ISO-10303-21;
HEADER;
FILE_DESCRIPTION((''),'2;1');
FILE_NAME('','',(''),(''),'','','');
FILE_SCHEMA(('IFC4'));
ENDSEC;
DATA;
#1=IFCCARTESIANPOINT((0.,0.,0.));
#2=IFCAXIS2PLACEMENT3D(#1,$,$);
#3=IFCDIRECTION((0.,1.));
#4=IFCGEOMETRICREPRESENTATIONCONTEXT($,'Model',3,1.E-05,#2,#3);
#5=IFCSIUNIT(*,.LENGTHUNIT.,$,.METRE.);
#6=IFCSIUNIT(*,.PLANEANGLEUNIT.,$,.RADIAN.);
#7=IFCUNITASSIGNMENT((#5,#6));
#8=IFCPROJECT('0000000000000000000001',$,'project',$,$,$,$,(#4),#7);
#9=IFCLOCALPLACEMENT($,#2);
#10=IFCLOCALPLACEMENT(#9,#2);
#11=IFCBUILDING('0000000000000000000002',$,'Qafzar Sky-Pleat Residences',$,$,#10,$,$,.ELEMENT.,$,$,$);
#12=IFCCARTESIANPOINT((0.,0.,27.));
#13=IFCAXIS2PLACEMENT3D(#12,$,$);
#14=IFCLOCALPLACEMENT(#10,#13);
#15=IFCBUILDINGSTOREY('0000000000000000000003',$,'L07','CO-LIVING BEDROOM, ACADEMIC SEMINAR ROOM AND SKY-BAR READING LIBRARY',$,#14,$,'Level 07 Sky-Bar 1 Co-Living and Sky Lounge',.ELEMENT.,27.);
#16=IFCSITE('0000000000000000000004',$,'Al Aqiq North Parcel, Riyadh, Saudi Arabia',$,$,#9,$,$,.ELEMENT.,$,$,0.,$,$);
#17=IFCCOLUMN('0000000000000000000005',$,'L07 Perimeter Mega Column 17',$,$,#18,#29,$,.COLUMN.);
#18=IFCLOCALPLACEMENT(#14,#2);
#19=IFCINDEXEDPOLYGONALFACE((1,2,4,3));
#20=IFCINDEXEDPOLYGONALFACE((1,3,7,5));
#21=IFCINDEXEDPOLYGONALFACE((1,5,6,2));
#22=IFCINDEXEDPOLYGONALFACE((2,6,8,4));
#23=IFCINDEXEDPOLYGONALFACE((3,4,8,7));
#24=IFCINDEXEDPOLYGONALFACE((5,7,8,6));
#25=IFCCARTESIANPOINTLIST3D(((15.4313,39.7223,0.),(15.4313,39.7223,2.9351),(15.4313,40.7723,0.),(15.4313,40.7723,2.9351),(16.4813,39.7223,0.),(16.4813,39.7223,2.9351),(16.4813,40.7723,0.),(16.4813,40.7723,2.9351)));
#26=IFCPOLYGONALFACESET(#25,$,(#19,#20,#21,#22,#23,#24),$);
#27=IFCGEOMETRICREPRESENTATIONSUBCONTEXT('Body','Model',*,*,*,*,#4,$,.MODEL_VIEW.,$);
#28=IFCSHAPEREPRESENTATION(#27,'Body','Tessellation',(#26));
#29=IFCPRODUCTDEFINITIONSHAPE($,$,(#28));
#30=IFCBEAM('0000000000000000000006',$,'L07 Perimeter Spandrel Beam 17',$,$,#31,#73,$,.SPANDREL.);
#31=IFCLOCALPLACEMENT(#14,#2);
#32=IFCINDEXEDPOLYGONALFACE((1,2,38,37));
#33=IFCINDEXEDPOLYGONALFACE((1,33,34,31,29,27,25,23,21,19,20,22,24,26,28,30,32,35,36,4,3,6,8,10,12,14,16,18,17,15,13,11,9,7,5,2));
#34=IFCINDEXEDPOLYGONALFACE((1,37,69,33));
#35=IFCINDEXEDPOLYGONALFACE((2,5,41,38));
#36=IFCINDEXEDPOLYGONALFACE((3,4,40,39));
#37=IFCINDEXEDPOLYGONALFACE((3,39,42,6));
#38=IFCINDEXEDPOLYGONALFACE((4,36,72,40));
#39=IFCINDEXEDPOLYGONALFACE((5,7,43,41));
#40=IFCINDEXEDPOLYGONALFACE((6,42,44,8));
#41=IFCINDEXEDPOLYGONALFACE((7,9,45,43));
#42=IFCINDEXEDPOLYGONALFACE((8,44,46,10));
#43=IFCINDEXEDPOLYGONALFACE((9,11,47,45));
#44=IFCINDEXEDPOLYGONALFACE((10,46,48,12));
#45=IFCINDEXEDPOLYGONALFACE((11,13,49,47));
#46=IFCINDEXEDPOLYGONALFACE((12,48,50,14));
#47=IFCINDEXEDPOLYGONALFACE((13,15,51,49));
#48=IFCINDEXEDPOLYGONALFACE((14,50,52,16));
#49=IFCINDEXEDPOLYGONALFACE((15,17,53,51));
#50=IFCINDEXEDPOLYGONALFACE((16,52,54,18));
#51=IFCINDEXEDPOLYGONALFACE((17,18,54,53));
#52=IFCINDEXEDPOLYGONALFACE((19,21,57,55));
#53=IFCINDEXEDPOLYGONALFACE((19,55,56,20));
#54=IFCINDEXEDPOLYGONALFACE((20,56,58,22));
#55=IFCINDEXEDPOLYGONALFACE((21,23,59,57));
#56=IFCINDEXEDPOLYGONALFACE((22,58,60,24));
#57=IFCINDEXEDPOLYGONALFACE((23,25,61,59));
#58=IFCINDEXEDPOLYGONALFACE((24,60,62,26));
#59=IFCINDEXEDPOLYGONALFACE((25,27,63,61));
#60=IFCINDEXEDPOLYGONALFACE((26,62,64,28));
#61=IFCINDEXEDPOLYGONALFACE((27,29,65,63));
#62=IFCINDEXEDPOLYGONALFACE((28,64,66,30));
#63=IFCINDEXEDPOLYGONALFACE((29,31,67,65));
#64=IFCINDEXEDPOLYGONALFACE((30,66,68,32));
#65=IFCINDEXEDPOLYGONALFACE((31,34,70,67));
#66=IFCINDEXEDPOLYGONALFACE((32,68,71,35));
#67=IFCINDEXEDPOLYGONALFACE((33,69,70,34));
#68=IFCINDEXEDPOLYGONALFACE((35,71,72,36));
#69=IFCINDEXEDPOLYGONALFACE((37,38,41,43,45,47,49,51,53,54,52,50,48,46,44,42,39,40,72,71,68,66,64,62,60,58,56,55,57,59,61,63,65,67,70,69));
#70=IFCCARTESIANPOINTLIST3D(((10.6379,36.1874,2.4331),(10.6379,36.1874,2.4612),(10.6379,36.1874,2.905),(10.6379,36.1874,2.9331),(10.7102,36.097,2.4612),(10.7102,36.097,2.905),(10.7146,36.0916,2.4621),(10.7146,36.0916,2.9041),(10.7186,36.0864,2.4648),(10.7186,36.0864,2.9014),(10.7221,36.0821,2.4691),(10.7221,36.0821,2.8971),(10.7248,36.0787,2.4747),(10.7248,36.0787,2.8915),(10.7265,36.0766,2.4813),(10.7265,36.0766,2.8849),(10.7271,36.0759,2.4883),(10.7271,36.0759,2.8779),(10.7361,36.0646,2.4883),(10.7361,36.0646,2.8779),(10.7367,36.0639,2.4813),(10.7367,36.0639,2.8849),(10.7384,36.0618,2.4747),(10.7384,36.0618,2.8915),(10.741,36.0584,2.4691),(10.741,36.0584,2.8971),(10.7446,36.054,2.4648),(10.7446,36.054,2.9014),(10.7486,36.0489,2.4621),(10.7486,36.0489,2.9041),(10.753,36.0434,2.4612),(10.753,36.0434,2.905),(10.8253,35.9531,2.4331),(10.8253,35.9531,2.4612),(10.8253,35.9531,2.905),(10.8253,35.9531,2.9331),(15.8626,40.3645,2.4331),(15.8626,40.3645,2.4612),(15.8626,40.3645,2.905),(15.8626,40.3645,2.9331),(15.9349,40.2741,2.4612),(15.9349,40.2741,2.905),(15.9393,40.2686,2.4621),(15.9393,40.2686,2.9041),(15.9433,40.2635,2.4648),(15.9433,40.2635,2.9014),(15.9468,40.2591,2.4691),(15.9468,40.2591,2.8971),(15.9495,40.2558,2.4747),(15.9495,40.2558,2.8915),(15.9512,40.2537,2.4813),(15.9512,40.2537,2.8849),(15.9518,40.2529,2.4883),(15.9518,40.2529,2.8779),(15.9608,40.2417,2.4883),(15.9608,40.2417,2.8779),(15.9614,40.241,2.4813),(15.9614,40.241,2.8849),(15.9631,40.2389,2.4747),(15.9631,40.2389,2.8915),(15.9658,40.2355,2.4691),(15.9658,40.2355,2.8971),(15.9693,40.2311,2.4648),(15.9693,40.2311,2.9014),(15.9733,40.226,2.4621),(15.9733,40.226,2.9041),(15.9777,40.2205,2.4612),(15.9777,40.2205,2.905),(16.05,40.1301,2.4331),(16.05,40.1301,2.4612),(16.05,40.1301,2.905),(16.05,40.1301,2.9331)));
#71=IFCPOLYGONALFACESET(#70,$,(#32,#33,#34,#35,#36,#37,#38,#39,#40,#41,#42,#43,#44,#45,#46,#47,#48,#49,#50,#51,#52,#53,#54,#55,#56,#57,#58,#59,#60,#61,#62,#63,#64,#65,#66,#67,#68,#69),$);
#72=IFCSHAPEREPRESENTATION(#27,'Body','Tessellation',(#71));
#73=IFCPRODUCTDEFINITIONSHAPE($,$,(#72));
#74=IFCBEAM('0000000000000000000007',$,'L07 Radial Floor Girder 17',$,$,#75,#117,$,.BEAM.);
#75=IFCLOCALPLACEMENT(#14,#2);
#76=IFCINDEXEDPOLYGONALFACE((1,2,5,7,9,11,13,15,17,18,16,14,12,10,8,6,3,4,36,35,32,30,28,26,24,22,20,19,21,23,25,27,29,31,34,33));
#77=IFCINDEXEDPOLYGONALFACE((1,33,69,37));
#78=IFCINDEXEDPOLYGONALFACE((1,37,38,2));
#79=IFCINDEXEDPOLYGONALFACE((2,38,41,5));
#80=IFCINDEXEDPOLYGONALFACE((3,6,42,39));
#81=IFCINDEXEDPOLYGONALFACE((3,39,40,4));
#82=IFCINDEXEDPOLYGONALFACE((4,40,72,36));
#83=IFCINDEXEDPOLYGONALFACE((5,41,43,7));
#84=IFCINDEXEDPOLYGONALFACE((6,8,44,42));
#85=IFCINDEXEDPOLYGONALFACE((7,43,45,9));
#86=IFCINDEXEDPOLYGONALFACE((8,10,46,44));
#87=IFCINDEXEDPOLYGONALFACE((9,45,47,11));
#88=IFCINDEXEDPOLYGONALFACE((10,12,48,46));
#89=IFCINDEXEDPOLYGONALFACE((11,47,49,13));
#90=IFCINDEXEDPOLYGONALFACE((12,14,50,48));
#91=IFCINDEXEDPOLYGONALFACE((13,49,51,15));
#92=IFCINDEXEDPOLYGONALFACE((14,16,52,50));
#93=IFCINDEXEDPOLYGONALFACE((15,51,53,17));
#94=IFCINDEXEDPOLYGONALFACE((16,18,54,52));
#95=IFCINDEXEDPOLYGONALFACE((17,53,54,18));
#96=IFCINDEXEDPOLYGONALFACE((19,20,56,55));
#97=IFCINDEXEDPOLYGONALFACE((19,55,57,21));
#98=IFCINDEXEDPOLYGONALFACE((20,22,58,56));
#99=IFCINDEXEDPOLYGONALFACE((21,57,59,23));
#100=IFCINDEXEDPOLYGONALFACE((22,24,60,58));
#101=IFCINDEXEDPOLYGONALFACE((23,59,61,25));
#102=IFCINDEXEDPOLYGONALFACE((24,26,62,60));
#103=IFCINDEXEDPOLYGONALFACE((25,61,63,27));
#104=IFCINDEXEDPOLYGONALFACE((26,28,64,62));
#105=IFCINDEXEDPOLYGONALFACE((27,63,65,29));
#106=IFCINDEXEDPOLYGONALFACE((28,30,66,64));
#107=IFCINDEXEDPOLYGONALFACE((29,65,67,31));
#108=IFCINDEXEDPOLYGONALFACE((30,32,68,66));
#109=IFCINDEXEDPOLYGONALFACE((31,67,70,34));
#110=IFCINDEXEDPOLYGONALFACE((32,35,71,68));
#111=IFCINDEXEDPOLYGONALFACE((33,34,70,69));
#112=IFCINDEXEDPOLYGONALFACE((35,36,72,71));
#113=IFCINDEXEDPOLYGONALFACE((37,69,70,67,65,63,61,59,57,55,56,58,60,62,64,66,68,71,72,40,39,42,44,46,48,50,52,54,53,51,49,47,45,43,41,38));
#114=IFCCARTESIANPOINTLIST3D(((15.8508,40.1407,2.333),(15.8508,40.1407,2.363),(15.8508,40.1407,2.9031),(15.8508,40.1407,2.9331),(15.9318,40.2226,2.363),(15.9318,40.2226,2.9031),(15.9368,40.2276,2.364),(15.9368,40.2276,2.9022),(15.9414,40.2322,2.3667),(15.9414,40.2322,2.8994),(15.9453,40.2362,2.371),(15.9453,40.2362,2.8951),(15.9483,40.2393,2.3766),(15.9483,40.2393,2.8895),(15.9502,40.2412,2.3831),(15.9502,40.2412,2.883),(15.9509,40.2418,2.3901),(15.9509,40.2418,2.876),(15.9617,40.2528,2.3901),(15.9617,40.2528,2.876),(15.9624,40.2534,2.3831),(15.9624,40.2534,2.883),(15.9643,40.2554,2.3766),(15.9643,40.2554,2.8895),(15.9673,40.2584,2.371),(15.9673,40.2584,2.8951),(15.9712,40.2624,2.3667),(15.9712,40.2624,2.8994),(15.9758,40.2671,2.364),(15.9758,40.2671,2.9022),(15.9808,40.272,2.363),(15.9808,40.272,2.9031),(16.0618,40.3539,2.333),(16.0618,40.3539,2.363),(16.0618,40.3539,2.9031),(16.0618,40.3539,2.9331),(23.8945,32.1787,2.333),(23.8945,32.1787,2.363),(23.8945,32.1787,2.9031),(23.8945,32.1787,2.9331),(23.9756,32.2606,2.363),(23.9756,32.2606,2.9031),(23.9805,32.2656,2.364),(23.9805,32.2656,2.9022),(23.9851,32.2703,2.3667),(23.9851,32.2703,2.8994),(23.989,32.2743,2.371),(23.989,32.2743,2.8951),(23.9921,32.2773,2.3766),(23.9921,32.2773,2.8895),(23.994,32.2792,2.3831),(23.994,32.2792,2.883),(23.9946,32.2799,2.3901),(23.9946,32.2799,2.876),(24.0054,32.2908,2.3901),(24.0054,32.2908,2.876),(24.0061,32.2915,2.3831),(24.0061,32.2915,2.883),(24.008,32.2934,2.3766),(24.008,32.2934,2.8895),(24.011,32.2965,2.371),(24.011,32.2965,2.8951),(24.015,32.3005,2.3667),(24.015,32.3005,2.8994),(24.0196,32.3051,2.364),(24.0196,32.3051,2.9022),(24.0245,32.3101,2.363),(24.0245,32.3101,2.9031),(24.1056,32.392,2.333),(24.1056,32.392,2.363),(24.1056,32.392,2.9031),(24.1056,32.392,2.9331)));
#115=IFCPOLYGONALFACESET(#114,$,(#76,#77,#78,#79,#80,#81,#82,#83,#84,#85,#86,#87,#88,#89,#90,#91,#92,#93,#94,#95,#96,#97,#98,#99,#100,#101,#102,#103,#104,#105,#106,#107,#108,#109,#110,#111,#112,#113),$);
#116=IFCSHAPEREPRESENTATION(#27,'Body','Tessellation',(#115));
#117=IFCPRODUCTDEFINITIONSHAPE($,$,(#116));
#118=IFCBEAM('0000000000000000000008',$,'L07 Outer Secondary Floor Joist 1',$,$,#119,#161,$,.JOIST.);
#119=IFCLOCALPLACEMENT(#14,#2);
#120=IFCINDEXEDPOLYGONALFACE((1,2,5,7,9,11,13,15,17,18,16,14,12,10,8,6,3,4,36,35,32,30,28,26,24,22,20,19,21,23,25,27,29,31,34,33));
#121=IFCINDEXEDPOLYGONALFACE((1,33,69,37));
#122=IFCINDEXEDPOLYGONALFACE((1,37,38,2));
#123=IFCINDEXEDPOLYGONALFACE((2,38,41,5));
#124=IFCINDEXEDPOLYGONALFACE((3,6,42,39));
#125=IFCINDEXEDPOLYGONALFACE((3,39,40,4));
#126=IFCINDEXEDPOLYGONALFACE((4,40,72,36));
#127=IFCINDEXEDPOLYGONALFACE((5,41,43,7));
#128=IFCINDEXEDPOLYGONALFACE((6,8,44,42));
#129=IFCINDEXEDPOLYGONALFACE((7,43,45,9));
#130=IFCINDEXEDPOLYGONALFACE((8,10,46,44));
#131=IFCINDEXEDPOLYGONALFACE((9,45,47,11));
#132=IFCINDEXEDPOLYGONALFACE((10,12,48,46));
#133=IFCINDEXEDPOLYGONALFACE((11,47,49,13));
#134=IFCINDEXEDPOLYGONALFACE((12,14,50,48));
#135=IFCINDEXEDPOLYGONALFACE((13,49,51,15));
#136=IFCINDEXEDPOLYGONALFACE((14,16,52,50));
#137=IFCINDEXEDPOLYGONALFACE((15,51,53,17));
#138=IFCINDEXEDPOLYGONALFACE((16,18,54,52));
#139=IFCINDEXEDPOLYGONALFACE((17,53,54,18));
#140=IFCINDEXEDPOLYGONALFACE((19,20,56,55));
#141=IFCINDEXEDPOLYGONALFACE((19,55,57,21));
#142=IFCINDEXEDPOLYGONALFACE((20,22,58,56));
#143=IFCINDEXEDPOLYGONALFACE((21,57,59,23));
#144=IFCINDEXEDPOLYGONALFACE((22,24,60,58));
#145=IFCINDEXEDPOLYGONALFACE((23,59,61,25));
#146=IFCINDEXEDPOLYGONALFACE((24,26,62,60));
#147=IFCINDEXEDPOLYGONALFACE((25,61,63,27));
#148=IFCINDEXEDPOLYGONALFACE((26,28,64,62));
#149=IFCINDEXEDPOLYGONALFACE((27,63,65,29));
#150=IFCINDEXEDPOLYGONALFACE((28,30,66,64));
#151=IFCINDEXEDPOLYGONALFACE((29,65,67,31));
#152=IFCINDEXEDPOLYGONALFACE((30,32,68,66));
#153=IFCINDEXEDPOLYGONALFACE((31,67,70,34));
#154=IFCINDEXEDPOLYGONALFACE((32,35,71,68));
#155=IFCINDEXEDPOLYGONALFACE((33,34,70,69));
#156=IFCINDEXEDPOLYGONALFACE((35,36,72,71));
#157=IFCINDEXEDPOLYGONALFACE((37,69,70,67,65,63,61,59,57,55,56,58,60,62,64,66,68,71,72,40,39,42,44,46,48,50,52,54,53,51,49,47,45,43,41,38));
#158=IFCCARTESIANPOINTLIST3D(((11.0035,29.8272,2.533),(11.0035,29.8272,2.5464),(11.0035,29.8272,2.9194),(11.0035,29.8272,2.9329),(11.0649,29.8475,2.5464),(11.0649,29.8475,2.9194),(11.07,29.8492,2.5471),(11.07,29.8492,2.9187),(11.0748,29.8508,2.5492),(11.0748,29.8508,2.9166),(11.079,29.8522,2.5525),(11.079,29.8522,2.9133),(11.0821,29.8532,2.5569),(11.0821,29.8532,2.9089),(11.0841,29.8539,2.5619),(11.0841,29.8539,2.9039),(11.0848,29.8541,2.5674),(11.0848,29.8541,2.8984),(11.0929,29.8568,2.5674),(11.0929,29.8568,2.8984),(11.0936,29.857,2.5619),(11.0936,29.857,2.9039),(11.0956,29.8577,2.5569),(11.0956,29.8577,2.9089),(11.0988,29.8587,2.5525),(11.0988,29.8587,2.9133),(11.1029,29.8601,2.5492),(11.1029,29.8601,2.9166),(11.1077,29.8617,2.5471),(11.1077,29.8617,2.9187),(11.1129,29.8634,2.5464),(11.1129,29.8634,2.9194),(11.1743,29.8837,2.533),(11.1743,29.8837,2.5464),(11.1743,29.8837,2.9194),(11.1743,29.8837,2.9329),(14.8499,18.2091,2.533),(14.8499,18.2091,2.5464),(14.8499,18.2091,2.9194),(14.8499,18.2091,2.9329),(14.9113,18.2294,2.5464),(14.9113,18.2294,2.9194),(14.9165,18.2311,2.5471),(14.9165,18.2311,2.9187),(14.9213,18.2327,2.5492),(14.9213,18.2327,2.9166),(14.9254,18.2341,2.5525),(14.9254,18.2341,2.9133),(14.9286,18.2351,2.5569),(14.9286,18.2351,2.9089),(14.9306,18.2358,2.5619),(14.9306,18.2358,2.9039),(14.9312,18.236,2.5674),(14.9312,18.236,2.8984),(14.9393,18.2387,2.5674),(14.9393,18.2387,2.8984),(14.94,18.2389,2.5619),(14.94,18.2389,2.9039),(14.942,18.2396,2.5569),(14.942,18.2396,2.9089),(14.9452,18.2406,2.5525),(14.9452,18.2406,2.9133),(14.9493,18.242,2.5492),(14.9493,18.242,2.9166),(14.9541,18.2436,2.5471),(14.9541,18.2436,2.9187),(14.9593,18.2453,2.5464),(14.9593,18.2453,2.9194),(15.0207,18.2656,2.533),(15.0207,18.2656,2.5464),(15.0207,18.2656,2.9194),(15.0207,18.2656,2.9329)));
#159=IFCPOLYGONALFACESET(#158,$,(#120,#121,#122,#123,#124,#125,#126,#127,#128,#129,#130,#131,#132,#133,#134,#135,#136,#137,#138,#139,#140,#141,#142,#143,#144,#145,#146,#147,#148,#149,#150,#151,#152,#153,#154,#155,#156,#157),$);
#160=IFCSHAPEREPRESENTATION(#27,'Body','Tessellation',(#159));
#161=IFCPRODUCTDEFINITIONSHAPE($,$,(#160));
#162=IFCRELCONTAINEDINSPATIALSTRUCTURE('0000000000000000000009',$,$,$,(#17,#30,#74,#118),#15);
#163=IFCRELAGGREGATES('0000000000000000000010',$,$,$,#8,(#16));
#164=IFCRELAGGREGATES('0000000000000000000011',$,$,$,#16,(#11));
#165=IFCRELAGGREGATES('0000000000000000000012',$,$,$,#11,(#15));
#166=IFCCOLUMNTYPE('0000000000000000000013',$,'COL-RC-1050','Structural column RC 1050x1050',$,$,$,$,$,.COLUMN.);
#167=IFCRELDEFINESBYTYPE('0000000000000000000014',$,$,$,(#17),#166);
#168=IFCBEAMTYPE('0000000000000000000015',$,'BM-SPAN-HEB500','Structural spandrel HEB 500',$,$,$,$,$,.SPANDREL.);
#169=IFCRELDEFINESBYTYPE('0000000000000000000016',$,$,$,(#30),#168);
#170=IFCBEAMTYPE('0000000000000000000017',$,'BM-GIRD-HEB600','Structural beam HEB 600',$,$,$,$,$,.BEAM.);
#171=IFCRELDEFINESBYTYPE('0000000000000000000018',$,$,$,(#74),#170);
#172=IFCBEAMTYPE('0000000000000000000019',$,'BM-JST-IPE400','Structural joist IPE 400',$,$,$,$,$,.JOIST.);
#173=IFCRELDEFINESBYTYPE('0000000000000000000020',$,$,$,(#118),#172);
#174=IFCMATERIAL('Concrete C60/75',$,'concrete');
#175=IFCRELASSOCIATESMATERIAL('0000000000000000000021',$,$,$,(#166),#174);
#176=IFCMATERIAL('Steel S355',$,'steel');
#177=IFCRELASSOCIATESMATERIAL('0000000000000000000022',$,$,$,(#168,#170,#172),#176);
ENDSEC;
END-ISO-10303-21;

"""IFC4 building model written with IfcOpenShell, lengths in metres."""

from ifc_helpers import new_model, si_unit, direction, frame, origin, origin_2d, place, context, subcontext, project, spatial, rectangle, i_section, extrude, source, transform, mapped, material, material_profile, profile_set, type_object, element, save


model = new_model("IFC4")

# Units and contexts
model_context = context("Model", 3, precision=1e-05, world=origin(), true_north=direction((0.0, 1.0)))
body_context = subcontext(model_context, "Body", "Model", "MODEL_VIEW")
ifc_project = project(units=[si_unit("LENGTHUNIT", "METRE"), si_unit("PLANEANGLEUNIT", "RADIAN")], contexts=[model_context])

# Site, building, storey
site_placement = place(None, origin())
site = spatial("IfcSite", under=ifc_project, at=site_placement, Name="Al Aqiq North Parcel, Riyadh, Saudi Arabia", CompositionType="ELEMENT", RefElevation=0.0)
building_placement = place(site_placement, origin())
building = spatial("IfcBuilding", under=site, at=building_placement, Name="Qafzar Sky-Pleat Residences", CompositionType="ELEMENT")
storey_placement = place(building_placement, frame((0.0, 0.0, 27.0)))
storey = spatial("IfcBuildingStorey", under=building, at=storey_placement, Name="L07", Description="CO-LIVING BEDROOM, ACADEMIC SEMINAR ROOM AND SKY-BAR READING LIBRARY", LongName="Level 07 Sky-Bar 1 Co-Living and Sky Lounge", CompositionType="ELEMENT", Elevation=27.0)

# Column
ifc_material_1 = material(Name="Concrete C60/75", Category="concrete")
ifc_material_profile_1 = material_profile(ifc_material_1, rectangle(XDim=1.05, YDim=1.05, at=origin_2d()), Name="RC 1050x1050")
ifc_profile_set_1 = profile_set([ifc_material_profile_1], Name="Concrete C60/75")
column_type = type_object("IfcColumnType", Name="COL-RC-1050", Description="Structural column RC 1050x1050", PredefinedType="COLUMN", material=ifc_profile_set_1)
shared_shape_1 = source(origin(), body_context, "Body", "SweptSolid", [
    extrude(rectangle(XDim=1.05, YDim=1.05, at=origin_2d()), origin(), (0.0, 0.0, 1.0), 2.9351),
])
column_placement = place(storey_placement, frame((15.9563, 40.2473, 0.0), z_axis=(0.0, 0.0, 1.0), x_axis=(1.0, 0.0, 0.0)))
element("IfcColumn", 1, at=column_placement, inside=storey, type_object=column_type, Name="L07 Perimeter Mega Column 17", PredefinedType="COLUMN", context=body_context, shape_type="MappedRepresentation", body=[
    mapped(shared_shape_1, transform((0.0, 0.0, 0.0), x_axis=(1.0, 0.0, 0.0), y_axis=(0.0, 1.0, 0.0), z_axis=(0.0, 0.0, 1.0), scale=1.0)),
])

# Beams
ifc_material_2 = material(Name="Steel S355", Category="steel")
ifc_material_profile_2 = material_profile(ifc_material_2, i_section(OverallWidth=0.3, OverallDepth=0.5, WebThickness=0.0144, FlangeThickness=0.0281, FilletRadius=0.0271, at=origin_2d()), Name="HEB 500")
ifc_profile_set_2 = profile_set([ifc_material_profile_2], Name="Steel S355")
beam_type_1 = type_object("IfcBeamType", Name="BM-SPAN-HEB500", Description="Structural spandrel HEB 500", PredefinedType="SPANDREL", material=ifc_profile_set_2)
shared_shape_2 = source(origin(), body_context, "Body", "SweptSolid", [
    extrude(i_section(OverallWidth=0.3, OverallDepth=0.5, WebThickness=0.0144, FlangeThickness=0.0281, FilletRadius=0.0271, at=origin_2d()), origin(), (0.0, 0.0, 1.0), 6.6892),
])
beam_1_placement = place(storey_placement, frame((15.9563, 40.2473, 2.6831), z_axis=(-0.781065, -0.62445, 0.0), x_axis=(0.62445, -0.781065, 0.0)))
element("IfcBeam", 2, at=beam_1_placement, inside=storey, type_object=beam_type_1, Name="L07 Perimeter Spandrel Beam 17", PredefinedType="SPANDREL", context=body_context, shape_type="MappedRepresentation", body=[
    mapped(shared_shape_2, transform((0.0, 0.0, 0.0), x_axis=(1.0, 0.0, 0.0), y_axis=(0.0, 1.0, 0.0), z_axis=(0.0, 0.0, 1.0), scale=1.0)),
])
ifc_material_profile_3 = material_profile(ifc_material_2, i_section(OverallWidth=0.3, OverallDepth=0.6001, WebThickness=0.0154, FlangeThickness=0.03, FilletRadius=0.0271, at=origin_2d()), Name="HEB 600")
ifc_profile_set_3 = profile_set([ifc_material_profile_3], Name="Steel S355")
beam_type_2 = type_object("IfcBeamType", Name="BM-GIRD-HEB600", Description="Structural beam HEB 600", PredefinedType="BEAM", material=ifc_profile_set_3)
shared_shape_3 = source(origin(), body_context, "Body", "SweptSolid", [
    extrude(i_section(OverallWidth=0.3, OverallDepth=0.6001, WebThickness=0.0154, FlangeThickness=0.03, FilletRadius=0.0271, at=origin_2d()), origin(), (0.0, 0.0, 1.0), 11.3179),
])
beam_2_placement = place(storey_placement, frame((15.9563, 40.2473, 2.6331), z_axis=(0.710711, -0.703484, 0.0), x_axis=(0.703484, 0.710711, 0.0)))
element("IfcBeam", 3, at=beam_2_placement, inside=storey, type_object=beam_type_2, Name="L07 Radial Floor Girder 17", PredefinedType="BEAM", context=body_context, shape_type="MappedRepresentation", body=[
    mapped(shared_shape_3, transform((0.0, 0.0, 0.0), x_axis=(1.0, 0.0, 0.0), y_axis=(0.0, 1.0, 0.0), z_axis=(0.0, 0.0, 1.0), scale=1.0)),
])
ifc_material_profile_4 = material_profile(ifc_material_2, i_section(OverallWidth=0.1799, OverallDepth=0.3999, WebThickness=0.0085, FlangeThickness=0.0134, FilletRadius=0.021, at=origin_2d()), Name="IPE 400")
ifc_profile_set_4 = profile_set([ifc_material_profile_4], Name="Steel S355")
beam_type_3 = type_object("IfcBeamType", Name="BM-JST-IPE400", Description="Structural joist IPE 400", PredefinedType="JOIST", material=ifc_profile_set_4)
shared_shape_4 = source(origin(), body_context, "Body", "SweptSolid", [
    extrude(i_section(OverallWidth=0.1799, OverallDepth=0.3999, WebThickness=0.0085, FlangeThickness=0.0134, FilletRadius=0.021, at=origin_2d()), origin(), (0.0, 0.0, 1.0), 12.2383),
])
beam_3_placement = place(storey_placement, frame((11.0889, 29.8555, 2.7329), z_axis=(0.314294, -0.949326, 0.0), x_axis=(0.949326, 0.314294, 0.0)))
element("IfcBeam", 4, at=beam_3_placement, inside=storey, type_object=beam_type_3, Name="L07 Outer Secondary Floor Joist 1", PredefinedType="JOIST", context=body_context, shape_type="MappedRepresentation", body=[
    mapped(shared_shape_4, transform((0.0, 0.0, 0.0), x_axis=(1.0, 0.0, 0.0), y_axis=(0.0, 1.0, 0.0), z_axis=(0.0, 0.0, 1.0), scale=1.0)),
])

save(model, "model.ifc")
